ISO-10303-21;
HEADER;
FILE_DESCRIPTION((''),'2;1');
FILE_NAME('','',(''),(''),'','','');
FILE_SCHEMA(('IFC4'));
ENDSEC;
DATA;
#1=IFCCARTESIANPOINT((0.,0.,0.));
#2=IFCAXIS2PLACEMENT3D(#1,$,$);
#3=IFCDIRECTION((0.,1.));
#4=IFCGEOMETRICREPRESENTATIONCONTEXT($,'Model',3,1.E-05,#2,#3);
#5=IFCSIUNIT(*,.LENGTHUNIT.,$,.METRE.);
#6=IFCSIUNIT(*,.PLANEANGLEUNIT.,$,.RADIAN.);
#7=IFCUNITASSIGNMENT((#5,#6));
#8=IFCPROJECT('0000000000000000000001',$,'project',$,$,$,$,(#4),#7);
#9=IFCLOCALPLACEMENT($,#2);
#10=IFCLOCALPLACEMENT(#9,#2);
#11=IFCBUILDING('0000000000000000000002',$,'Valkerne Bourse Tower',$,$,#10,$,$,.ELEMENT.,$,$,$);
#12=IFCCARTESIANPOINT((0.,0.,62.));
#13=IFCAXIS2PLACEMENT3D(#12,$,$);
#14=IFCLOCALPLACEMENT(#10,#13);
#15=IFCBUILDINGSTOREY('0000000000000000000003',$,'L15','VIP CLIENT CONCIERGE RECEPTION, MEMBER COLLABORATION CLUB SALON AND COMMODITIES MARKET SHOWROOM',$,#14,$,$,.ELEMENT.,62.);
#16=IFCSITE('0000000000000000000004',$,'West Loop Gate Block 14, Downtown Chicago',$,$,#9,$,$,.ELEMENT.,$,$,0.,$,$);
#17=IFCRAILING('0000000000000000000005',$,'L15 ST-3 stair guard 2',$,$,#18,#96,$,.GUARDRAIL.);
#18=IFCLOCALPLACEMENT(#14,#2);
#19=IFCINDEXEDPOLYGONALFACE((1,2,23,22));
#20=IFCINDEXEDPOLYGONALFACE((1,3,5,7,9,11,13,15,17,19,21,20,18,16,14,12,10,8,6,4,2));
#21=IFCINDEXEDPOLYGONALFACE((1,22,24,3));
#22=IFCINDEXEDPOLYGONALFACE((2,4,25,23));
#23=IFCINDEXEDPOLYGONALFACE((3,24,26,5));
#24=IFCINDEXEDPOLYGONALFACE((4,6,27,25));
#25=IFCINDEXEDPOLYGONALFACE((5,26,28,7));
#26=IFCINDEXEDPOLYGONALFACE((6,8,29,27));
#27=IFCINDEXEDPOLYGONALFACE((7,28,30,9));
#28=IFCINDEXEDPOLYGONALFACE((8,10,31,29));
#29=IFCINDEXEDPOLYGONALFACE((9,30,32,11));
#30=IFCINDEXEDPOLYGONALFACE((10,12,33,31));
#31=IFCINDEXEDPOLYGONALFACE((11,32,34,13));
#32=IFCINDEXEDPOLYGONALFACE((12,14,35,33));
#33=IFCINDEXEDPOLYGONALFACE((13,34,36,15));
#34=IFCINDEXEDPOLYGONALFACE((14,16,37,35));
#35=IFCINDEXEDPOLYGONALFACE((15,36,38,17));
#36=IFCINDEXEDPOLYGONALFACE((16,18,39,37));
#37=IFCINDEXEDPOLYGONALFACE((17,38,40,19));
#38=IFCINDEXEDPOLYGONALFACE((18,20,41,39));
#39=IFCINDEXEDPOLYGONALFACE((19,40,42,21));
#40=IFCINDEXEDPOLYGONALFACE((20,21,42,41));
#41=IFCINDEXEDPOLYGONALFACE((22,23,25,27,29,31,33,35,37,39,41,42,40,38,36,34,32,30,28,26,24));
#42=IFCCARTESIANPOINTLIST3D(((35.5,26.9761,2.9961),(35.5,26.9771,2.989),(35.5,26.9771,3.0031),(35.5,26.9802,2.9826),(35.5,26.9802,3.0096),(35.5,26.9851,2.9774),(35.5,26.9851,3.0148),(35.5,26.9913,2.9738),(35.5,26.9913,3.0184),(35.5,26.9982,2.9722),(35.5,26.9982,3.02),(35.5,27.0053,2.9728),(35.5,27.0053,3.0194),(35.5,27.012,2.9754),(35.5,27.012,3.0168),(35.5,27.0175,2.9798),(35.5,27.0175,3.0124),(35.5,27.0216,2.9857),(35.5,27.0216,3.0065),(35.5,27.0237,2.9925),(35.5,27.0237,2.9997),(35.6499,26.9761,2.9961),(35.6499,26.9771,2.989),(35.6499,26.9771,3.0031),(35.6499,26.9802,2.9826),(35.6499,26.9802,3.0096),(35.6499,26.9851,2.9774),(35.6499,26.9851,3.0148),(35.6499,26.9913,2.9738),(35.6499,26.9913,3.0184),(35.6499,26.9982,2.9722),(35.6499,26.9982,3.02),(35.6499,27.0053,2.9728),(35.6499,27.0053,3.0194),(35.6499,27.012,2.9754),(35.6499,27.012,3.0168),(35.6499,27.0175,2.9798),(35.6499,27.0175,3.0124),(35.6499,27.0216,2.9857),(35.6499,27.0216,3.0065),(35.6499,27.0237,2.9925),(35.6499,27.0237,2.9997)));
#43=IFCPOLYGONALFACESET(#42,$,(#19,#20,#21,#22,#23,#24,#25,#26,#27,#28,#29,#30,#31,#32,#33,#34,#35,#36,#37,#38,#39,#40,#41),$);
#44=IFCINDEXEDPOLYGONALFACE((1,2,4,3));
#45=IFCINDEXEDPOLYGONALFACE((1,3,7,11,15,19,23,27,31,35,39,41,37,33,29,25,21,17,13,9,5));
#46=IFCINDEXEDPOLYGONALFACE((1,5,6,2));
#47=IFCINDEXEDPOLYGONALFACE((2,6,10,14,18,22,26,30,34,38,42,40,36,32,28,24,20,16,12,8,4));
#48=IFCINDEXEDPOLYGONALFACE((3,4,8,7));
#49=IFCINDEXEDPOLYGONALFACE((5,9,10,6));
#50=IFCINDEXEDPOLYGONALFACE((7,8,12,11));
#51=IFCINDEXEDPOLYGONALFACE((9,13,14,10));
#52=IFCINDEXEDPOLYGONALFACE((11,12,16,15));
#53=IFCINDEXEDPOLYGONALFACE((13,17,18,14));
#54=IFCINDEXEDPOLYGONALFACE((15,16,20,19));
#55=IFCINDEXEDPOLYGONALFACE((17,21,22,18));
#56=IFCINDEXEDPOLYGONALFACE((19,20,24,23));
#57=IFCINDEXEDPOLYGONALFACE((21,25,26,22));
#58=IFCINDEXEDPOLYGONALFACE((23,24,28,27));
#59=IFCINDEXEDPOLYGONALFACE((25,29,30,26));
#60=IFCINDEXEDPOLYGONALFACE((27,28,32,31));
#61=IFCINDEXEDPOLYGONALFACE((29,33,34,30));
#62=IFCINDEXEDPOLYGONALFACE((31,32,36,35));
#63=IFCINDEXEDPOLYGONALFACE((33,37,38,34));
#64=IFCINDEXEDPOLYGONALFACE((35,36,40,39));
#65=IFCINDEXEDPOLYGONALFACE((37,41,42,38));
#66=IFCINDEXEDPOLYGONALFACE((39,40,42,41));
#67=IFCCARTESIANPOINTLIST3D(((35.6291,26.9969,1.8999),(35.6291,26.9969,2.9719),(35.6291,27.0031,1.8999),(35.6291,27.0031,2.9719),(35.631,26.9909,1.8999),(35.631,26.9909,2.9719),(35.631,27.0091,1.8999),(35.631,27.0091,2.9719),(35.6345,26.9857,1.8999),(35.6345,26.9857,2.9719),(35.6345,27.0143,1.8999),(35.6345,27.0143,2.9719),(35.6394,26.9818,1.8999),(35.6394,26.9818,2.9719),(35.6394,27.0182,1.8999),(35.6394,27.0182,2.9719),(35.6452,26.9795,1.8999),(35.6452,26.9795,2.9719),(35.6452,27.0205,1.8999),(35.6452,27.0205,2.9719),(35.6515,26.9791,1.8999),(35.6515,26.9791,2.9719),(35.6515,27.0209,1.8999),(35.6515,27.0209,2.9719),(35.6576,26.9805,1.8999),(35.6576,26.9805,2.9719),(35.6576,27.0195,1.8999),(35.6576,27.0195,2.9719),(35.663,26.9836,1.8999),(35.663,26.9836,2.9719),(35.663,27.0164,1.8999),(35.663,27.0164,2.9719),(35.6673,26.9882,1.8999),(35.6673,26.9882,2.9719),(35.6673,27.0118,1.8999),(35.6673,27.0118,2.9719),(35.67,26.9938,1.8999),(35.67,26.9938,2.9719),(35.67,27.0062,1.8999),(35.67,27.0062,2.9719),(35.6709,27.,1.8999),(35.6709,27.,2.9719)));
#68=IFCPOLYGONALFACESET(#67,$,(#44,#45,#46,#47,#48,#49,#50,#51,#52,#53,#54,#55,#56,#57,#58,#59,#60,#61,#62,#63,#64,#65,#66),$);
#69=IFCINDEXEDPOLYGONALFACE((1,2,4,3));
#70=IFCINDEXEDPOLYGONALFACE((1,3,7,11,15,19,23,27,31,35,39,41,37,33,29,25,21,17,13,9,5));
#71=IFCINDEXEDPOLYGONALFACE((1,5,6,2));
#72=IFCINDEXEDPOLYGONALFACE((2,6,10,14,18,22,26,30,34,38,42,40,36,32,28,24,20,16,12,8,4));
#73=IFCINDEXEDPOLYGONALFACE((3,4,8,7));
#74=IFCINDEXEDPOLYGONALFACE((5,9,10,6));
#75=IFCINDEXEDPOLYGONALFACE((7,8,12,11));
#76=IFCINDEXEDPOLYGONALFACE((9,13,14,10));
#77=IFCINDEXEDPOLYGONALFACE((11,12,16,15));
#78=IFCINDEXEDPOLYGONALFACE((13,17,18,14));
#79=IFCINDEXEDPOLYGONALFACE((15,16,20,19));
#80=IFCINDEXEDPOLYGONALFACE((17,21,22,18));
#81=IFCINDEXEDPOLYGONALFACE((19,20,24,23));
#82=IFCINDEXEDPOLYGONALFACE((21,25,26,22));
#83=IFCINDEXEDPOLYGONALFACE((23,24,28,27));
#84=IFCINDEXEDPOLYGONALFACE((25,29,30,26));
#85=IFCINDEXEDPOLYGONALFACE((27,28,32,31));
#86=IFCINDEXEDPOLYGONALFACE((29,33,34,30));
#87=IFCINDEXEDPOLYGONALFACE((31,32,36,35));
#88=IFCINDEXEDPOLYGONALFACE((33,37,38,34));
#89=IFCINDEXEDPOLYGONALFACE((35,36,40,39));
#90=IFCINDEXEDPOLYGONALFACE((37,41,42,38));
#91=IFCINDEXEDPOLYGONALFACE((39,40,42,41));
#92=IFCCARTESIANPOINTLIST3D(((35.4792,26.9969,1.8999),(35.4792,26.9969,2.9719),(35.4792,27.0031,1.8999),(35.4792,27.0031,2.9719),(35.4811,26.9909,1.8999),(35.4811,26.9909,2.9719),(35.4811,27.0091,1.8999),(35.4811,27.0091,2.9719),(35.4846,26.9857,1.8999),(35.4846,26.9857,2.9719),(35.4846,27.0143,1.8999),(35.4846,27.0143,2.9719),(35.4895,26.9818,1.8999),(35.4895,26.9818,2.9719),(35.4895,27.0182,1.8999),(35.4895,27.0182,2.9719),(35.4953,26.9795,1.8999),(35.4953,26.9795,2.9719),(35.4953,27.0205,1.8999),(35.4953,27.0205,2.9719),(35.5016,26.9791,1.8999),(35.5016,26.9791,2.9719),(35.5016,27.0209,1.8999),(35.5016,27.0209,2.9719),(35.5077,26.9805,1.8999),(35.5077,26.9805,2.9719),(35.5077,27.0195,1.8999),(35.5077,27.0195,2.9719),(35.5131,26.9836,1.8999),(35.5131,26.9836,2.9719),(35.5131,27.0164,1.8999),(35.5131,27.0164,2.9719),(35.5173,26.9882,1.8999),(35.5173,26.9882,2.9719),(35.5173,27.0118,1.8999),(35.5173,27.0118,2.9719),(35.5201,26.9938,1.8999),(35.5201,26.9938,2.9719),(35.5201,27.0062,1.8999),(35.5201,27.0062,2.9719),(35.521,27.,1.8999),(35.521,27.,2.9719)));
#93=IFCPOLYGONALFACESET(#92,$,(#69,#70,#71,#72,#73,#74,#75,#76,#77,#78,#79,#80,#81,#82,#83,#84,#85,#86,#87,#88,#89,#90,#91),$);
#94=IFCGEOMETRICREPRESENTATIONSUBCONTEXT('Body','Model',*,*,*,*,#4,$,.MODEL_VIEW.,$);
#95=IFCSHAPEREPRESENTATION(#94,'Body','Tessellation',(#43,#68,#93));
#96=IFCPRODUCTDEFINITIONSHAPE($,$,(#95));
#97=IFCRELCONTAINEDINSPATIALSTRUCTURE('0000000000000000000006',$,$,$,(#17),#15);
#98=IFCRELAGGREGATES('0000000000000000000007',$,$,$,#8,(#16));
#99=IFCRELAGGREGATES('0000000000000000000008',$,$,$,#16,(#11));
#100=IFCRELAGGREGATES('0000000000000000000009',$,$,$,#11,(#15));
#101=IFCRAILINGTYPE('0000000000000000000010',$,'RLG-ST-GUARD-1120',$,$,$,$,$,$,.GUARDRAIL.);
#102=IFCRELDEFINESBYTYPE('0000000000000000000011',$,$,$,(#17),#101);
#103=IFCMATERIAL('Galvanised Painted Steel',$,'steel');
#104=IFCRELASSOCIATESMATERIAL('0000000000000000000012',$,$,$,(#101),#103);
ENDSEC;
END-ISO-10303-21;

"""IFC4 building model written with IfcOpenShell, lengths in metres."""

from ifc_helpers import new_model, si_unit, direction, frame, origin, origin_2d, place, context, subcontext, project, spatial, circle, extrude, material, type_object, element, save


model = new_model("IFC4")

# Units and contexts
model_context = context("Model", 3, precision=1e-05, world=origin(), true_north=direction((0.0, 1.0)))
body_context = subcontext(model_context, "Body", "Model", "MODEL_VIEW")
ifc_project = project(units=[si_unit("LENGTHUNIT", "METRE"), si_unit("PLANEANGLEUNIT", "RADIAN")], contexts=[model_context])

# Site, building, storey
site_placement = place(None, origin())
site = spatial("IfcSite", under=ifc_project, at=site_placement, Name="West Loop Gate Block 14, Downtown Chicago", CompositionType="ELEMENT", RefElevation=0.0)
building_placement = place(site_placement, origin())
building = spatial("IfcBuilding", under=site, at=building_placement, Name="Valkerne Bourse Tower", CompositionType="ELEMENT")
storey_placement = place(building_placement, frame((0.0, 0.0, 62.0)))
storey = spatial("IfcBuildingStorey", under=building, at=storey_placement, Name="L15", Description="VIP CLIENT CONCIERGE RECEPTION, MEMBER COLLABORATION CLUB SALON AND COMMODITIES MARKET SHOWROOM", CompositionType="ELEMENT", Elevation=62.0)

# Railing
ifc_material_1 = material(Name="Galvanised Painted Steel", Category="steel")
railing_type_1 = type_object("IfcRailingType", Name="RLG-ST-GUARD-1120", PredefinedType="GUARDRAIL", material=ifc_material_1)
railing_1_placement = place(storey_placement, frame((35.6499, 27.0, 1.8999)))
element("IfcRailing", 1, at=railing_1_placement, inside=storey, type_object=railing_type_1, Name="L15 ST-3 stair guard 2", PredefinedType="GUARDRAIL", context=body_context, shape_type="SweptSolid", body=[
    extrude(circle(Radius=0.0239, at=origin_2d()), frame((0.0, 0.0, 1.0962), z_axis=(-1.0, 0.0, 0.0), x_axis=(0.0, -1.0, 0.0)), (0.0, 0.0, 1.0), 0.1499),
    extrude(circle(Radius=0.021, at=origin_2d()), origin(), (0.0, 0.0, 1.0), 1.072),
    extrude(circle(Radius=0.021, at=origin_2d()), frame((-0.1499, 0.0, 0.0)), (0.0, 0.0, 1.0), 1.072),
])

save(model, "model.ifc")
